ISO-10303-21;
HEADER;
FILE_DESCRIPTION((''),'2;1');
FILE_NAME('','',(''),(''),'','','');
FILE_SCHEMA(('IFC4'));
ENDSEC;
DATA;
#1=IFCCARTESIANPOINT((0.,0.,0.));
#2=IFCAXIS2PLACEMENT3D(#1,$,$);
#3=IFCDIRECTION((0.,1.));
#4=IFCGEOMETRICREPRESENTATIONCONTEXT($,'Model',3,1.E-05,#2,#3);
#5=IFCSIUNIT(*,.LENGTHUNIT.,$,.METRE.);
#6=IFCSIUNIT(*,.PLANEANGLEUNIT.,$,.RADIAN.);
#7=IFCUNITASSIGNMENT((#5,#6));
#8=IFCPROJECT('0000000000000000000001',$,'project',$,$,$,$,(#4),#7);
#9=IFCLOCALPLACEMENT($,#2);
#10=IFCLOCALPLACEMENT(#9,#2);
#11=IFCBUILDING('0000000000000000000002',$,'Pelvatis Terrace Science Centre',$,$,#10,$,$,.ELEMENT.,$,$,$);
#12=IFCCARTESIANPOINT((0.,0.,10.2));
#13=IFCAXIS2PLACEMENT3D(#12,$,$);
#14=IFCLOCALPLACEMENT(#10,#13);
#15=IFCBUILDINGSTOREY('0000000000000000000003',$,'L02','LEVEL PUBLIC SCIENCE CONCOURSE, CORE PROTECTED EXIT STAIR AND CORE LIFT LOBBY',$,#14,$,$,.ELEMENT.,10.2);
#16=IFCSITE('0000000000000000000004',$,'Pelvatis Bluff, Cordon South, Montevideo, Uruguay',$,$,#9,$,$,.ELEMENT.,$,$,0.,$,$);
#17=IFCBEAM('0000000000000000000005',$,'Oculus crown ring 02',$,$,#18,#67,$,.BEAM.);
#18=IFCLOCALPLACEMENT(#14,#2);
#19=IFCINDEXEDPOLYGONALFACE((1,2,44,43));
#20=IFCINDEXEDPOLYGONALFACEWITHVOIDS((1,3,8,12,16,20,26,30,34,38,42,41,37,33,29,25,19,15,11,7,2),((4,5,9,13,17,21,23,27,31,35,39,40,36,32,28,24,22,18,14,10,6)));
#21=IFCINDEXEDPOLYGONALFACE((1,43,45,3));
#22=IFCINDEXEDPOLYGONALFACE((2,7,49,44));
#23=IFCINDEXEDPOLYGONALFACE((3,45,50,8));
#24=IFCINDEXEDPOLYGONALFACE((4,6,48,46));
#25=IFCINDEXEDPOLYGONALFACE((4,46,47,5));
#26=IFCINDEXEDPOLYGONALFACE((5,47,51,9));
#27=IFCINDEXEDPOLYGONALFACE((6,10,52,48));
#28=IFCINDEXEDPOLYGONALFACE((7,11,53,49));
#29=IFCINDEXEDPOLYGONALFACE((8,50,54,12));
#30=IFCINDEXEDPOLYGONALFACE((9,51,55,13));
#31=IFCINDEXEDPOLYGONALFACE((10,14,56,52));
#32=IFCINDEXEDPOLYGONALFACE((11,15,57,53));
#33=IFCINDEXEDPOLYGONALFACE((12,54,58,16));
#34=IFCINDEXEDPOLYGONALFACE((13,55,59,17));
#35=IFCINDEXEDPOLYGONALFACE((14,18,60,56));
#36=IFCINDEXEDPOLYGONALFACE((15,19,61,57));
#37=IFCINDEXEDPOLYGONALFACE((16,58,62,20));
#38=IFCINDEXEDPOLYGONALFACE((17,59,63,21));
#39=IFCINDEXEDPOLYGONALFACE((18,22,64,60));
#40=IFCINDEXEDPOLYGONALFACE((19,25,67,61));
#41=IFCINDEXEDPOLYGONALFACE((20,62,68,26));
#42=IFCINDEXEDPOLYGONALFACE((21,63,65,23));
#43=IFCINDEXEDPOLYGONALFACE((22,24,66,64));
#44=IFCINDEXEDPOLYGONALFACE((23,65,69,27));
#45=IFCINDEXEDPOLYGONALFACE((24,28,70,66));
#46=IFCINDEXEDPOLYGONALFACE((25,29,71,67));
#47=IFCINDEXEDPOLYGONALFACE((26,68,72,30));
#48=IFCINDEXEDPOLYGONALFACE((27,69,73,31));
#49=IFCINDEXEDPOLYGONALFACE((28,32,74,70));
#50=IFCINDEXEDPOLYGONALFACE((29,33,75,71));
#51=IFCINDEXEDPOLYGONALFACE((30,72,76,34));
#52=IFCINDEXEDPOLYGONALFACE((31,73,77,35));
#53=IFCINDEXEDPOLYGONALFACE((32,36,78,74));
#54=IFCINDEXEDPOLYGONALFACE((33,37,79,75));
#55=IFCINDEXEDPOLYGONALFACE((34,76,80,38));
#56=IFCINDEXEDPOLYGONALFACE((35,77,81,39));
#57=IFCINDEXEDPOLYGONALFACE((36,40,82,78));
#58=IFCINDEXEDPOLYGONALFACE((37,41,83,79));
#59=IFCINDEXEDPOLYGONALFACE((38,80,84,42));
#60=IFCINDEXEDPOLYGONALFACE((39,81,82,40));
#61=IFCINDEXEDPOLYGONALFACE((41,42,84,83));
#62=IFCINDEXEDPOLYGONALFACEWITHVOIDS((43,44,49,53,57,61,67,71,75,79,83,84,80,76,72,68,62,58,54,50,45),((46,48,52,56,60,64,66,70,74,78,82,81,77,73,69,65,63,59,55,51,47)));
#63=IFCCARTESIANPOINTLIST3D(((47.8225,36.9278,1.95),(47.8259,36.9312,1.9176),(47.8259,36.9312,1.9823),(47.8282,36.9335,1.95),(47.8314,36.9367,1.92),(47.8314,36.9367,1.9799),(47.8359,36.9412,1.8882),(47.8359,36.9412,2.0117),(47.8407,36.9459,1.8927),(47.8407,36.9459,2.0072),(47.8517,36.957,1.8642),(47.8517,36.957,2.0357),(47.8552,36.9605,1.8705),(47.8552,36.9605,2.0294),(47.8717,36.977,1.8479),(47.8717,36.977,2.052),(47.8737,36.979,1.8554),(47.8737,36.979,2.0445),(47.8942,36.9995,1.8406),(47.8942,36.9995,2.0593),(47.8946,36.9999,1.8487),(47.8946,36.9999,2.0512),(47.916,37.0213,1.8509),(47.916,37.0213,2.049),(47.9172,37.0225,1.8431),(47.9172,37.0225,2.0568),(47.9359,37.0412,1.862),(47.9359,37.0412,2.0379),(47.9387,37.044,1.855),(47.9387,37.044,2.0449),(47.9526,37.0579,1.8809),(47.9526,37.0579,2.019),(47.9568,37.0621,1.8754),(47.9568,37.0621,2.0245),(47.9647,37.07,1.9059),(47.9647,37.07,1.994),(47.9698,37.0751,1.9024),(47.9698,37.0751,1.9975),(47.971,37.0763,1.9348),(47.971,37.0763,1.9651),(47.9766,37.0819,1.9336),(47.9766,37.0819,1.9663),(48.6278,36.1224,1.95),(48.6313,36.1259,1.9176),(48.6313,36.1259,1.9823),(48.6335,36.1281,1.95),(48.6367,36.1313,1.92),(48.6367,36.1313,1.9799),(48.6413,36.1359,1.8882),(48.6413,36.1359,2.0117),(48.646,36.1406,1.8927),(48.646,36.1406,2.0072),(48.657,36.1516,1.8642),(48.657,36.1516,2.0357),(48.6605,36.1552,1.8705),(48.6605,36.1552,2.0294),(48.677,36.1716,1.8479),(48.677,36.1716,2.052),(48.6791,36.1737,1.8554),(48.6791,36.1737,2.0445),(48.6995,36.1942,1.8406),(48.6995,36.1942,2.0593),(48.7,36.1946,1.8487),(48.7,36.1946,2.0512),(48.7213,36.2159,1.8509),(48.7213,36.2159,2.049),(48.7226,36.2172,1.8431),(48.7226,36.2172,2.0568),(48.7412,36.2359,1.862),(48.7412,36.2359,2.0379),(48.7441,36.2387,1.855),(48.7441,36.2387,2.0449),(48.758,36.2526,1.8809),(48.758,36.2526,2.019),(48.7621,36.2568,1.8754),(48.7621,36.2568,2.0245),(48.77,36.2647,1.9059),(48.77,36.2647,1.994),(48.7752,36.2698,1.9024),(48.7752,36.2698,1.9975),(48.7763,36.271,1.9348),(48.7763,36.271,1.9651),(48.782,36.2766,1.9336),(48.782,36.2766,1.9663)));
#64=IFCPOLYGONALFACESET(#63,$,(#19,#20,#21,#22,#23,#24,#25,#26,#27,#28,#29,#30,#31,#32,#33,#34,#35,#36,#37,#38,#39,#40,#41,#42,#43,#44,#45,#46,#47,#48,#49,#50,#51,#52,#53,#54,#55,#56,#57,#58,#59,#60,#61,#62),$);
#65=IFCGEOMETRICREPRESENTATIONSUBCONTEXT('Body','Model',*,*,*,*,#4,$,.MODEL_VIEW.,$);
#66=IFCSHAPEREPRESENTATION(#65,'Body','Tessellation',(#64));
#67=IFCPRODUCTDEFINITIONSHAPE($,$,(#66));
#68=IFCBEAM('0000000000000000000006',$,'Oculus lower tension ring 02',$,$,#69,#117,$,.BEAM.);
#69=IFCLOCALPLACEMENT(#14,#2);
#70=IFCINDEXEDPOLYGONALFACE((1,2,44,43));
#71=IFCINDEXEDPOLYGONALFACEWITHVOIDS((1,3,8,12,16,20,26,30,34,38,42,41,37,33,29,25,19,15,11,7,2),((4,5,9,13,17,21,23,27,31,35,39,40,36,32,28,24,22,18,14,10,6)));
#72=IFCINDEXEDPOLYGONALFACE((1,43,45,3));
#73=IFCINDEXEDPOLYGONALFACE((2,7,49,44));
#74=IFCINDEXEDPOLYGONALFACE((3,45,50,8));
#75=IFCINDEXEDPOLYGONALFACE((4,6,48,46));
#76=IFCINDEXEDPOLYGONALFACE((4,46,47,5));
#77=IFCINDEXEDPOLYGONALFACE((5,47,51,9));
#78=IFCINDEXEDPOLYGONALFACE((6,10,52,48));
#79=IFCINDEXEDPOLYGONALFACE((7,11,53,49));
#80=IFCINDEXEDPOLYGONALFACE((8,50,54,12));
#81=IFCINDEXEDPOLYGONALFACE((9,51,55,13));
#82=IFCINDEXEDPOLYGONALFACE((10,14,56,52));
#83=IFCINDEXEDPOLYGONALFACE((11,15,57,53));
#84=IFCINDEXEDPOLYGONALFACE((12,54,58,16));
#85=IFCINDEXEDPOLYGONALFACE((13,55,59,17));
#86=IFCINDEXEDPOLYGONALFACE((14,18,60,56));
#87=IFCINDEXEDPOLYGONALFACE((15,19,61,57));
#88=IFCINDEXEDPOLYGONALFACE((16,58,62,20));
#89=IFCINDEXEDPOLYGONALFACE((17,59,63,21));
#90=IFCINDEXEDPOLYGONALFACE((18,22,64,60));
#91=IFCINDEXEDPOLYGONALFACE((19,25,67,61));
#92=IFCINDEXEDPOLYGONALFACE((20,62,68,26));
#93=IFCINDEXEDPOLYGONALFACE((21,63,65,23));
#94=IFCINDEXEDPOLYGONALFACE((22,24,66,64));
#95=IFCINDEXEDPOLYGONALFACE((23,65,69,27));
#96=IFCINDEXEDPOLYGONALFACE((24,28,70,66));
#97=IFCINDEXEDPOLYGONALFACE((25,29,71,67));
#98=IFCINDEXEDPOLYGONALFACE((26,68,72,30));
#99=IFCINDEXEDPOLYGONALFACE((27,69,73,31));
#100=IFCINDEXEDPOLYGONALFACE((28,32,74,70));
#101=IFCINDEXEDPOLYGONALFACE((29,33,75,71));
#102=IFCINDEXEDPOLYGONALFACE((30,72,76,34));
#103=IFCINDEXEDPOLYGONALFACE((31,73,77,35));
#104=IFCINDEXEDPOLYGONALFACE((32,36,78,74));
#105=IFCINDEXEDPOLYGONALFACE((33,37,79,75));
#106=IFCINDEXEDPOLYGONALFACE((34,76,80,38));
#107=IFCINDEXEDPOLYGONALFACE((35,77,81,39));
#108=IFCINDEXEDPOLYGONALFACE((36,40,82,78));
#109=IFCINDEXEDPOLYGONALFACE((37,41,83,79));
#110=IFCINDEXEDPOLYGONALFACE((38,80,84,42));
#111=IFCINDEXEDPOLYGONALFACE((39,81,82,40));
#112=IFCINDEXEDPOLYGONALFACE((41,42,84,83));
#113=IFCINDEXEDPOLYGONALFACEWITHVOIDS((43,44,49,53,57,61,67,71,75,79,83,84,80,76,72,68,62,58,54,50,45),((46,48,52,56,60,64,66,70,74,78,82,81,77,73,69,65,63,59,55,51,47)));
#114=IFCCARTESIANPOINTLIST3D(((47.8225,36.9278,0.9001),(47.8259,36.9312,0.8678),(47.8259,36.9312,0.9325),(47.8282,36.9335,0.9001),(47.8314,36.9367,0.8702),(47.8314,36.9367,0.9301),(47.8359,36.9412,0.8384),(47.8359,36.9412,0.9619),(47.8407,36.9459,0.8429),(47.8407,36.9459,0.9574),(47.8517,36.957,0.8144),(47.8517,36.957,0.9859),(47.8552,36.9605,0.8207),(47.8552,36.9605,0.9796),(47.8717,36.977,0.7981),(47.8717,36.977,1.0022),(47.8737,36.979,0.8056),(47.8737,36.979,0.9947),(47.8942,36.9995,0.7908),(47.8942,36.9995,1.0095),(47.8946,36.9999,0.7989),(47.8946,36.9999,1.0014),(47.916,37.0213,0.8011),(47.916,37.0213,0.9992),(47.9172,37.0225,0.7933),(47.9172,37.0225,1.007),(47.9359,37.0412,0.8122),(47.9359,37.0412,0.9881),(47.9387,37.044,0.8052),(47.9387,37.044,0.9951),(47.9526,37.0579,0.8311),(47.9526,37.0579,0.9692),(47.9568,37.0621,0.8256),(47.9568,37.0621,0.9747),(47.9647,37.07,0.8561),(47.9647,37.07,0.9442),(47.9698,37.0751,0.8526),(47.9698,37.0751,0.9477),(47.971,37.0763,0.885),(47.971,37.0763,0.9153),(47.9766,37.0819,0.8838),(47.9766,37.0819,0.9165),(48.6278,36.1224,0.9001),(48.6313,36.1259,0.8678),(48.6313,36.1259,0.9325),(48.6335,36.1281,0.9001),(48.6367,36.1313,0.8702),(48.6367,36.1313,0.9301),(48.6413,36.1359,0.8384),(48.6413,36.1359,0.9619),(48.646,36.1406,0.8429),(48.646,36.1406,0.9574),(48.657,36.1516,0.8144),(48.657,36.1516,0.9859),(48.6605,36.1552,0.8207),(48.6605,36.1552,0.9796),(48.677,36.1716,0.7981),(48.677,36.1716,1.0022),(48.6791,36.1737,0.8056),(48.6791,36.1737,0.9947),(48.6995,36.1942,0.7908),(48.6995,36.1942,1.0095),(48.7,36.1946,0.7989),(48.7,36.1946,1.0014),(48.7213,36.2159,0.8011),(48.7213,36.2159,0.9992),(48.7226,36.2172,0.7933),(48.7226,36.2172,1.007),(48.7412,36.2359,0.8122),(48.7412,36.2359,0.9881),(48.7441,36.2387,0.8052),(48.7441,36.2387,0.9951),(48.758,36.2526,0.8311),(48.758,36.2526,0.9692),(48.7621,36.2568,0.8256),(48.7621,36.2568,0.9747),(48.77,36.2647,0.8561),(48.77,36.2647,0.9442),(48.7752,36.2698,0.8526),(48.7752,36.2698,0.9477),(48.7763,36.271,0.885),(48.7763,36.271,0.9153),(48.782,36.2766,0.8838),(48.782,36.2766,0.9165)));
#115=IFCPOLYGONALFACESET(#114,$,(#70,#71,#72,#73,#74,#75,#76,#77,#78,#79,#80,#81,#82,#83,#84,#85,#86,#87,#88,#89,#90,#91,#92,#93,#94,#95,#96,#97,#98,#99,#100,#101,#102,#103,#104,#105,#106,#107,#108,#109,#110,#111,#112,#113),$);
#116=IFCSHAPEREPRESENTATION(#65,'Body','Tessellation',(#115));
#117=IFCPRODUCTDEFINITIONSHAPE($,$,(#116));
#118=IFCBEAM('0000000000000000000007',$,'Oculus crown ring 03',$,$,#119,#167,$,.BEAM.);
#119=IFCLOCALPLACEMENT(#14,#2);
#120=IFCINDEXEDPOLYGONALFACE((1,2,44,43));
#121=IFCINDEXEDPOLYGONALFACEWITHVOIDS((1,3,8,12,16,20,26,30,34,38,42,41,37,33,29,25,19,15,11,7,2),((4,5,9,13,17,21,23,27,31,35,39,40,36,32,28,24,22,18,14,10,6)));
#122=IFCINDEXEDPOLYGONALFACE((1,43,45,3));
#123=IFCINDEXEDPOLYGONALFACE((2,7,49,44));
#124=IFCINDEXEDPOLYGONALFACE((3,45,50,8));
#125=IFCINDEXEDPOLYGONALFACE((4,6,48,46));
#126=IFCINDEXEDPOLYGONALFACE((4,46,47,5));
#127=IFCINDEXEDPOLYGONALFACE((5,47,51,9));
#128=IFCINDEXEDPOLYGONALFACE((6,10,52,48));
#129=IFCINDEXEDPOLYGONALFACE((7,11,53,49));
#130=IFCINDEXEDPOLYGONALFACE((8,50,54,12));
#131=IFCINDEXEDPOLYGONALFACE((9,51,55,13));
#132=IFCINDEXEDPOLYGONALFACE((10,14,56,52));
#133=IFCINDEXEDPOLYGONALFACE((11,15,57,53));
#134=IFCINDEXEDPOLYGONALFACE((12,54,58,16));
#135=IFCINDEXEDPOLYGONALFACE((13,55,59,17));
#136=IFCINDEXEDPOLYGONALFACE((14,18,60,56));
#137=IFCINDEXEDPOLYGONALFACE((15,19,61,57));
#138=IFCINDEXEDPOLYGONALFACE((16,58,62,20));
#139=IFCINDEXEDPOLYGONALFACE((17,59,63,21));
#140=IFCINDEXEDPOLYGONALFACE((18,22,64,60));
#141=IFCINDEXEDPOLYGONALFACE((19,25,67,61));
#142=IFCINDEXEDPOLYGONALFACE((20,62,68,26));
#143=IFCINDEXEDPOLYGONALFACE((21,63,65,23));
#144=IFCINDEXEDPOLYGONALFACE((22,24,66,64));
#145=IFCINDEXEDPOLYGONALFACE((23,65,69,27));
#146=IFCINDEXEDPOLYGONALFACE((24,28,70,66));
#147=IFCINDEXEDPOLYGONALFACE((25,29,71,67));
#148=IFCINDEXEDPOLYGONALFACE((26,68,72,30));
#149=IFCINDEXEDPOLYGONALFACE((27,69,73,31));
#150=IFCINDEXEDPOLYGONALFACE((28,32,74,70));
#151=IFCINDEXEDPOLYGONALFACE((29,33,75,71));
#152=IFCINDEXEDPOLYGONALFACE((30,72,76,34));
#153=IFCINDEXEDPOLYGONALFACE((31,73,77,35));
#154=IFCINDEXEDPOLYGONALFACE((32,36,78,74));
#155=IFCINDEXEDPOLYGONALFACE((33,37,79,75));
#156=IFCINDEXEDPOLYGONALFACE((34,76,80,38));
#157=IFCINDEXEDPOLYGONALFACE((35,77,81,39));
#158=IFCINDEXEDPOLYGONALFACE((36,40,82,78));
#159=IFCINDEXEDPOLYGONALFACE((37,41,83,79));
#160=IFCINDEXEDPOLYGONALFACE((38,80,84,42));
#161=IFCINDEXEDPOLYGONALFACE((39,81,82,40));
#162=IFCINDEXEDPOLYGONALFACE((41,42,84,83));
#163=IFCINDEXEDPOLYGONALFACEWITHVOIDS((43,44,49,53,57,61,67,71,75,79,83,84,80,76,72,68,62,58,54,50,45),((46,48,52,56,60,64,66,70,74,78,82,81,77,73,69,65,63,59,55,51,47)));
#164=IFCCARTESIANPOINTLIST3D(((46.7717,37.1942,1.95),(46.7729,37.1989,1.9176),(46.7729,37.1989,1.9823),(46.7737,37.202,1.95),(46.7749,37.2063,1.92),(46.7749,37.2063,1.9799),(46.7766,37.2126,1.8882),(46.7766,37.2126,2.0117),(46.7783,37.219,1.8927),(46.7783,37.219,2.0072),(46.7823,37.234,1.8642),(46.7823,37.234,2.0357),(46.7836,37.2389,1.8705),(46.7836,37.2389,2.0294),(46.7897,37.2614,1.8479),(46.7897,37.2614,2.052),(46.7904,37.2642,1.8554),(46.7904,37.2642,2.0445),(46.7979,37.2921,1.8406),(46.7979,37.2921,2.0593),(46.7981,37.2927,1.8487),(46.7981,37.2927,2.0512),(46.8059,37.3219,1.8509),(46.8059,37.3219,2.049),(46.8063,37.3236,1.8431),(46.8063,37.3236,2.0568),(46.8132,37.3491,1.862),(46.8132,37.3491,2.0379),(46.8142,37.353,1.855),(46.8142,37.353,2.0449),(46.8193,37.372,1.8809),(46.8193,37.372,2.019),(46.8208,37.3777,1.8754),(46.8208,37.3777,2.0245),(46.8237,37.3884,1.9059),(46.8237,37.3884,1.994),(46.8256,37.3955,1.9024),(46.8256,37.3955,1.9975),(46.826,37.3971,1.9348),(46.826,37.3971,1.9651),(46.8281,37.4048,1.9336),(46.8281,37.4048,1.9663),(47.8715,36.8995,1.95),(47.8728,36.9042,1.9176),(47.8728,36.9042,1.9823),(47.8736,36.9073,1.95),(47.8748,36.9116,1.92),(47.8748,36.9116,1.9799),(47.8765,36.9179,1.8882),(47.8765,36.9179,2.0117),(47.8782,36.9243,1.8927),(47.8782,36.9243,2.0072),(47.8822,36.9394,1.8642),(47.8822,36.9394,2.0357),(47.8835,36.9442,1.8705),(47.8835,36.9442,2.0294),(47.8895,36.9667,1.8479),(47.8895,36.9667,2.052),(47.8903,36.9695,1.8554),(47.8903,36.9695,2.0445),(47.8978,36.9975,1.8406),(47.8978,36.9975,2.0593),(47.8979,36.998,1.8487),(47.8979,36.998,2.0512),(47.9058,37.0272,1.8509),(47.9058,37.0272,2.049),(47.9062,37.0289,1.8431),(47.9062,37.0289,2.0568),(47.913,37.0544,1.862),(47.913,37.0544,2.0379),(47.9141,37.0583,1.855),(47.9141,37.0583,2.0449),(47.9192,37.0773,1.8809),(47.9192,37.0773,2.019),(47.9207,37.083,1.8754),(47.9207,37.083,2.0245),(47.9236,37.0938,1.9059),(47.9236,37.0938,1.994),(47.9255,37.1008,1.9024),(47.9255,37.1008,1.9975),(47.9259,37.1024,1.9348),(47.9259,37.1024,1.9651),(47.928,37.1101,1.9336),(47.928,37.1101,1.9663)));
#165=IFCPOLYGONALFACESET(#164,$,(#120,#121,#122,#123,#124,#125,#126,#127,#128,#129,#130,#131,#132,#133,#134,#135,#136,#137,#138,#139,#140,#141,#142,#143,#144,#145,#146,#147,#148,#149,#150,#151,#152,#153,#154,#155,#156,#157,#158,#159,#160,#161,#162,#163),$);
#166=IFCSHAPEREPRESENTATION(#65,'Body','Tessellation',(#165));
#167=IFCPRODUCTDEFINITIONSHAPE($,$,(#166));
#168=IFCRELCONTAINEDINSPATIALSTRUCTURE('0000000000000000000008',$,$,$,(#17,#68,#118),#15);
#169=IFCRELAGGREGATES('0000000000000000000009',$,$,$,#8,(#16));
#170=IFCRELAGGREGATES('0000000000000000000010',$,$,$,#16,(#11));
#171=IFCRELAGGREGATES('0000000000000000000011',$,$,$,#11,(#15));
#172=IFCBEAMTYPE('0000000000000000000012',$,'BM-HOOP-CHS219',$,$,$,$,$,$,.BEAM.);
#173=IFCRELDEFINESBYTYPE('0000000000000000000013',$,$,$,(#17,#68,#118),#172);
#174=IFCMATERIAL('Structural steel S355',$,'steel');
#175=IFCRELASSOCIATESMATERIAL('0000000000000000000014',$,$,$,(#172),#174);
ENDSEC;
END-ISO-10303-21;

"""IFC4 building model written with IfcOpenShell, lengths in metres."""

from ifc_helpers import new_model, si_unit, direction, frame, origin, origin_2d, place, context, subcontext, project, spatial, hollow_circle, extrude, material, material_profile, profile_set, type_object, element, save


model = new_model("IFC4")

# Units and contexts
model_context = context("Model", 3, precision=1e-05, world=origin(), true_north=direction((0.0, 1.0)))
body_context = subcontext(model_context, "Body", "Model", "MODEL_VIEW")
ifc_project = project(units=[si_unit("LENGTHUNIT", "METRE"), si_unit("PLANEANGLEUNIT", "RADIAN")], contexts=[model_context])

# Site, building, storey
site_placement = place(None, origin())
site = spatial("IfcSite", under=ifc_project, at=site_placement, Name="Pelvatis Bluff, Cordon South, Montevideo, Uruguay", CompositionType="ELEMENT", RefElevation=0.0)
building_placement = place(site_placement, origin())
building = spatial("IfcBuilding", under=site, at=building_placement, Name="Pelvatis Terrace Science Centre", CompositionType="ELEMENT")
storey_placement = place(building_placement, frame((0.0, 0.0, 10.2)))
storey = spatial("IfcBuildingStorey", under=building, at=storey_placement, Name="L02", Description="LEVEL PUBLIC SCIENCE CONCOURSE, CORE PROTECTED EXIT STAIR AND CORE LIFT LOBBY", CompositionType="ELEMENT", Elevation=10.2)

# Beams
ifc_material_1 = material(Name="Structural steel S355", Category="steel")
ifc_material_profile_1 = material_profile(ifc_material_1, hollow_circle(Radius=0.1096, WallThickness=0.0081, at=origin_2d()), Name="CHS 219.1x8.0")
ifc_profile_set_1 = profile_set([ifc_material_profile_1], Name="Structural steel S355")
beam_type_1 = type_object("IfcBeamType", Name="BM-HOOP-CHS219", PredefinedType="BEAM", material=ifc_profile_set_1)
for number, where, z_axis, x_axis, name in (
    (1, (48.7053, 36.2, 1.95), (-0.707107, 0.707107, 0.0), (-0.707107, -0.707107, 0.0), "Oculus crown ring 02"),
    (2, (48.7053, 36.2, 0.9001), (-0.707107, 0.707107, 0.0), (-0.707107, -0.707107, 0.0), "Oculus lower tension ring 02"),
):
    element("IfcBeam", number, at=place(storey_placement, frame(where, z_axis=z_axis, x_axis=x_axis)), inside=storey, type_object=beam_type_1, Name=name, PredefinedType="BEAM", context=body_context, shape_type="SweptSolid", body=[
        extrude(hollow_circle(Radius=0.1096, WallThickness=0.0081, at=origin_2d()), origin(), (0.0, 0.0, 1.0), 1.1389),
    ])
for number, where, z_axis, x_axis, name in (
    (3, (47.8999, 37.0054, 1.95), (-0.965932, 0.258797, 0.0), (-0.258797, -0.965932, 0.0), "Oculus crown ring 03"),
):
    element("IfcBeam", number, at=place(storey_placement, frame(where, z_axis=z_axis, x_axis=x_axis)), inside=storey, type_object=beam_type_1, Name=name, PredefinedType="BEAM", context=body_context, shape_type="SweptSolid", body=[
        extrude(hollow_circle(Radius=0.1096, WallThickness=0.0081, at=origin_2d()), origin(), (0.0, 0.0, 1.0), 1.1387),
    ])

save(model, "model.ifc")
